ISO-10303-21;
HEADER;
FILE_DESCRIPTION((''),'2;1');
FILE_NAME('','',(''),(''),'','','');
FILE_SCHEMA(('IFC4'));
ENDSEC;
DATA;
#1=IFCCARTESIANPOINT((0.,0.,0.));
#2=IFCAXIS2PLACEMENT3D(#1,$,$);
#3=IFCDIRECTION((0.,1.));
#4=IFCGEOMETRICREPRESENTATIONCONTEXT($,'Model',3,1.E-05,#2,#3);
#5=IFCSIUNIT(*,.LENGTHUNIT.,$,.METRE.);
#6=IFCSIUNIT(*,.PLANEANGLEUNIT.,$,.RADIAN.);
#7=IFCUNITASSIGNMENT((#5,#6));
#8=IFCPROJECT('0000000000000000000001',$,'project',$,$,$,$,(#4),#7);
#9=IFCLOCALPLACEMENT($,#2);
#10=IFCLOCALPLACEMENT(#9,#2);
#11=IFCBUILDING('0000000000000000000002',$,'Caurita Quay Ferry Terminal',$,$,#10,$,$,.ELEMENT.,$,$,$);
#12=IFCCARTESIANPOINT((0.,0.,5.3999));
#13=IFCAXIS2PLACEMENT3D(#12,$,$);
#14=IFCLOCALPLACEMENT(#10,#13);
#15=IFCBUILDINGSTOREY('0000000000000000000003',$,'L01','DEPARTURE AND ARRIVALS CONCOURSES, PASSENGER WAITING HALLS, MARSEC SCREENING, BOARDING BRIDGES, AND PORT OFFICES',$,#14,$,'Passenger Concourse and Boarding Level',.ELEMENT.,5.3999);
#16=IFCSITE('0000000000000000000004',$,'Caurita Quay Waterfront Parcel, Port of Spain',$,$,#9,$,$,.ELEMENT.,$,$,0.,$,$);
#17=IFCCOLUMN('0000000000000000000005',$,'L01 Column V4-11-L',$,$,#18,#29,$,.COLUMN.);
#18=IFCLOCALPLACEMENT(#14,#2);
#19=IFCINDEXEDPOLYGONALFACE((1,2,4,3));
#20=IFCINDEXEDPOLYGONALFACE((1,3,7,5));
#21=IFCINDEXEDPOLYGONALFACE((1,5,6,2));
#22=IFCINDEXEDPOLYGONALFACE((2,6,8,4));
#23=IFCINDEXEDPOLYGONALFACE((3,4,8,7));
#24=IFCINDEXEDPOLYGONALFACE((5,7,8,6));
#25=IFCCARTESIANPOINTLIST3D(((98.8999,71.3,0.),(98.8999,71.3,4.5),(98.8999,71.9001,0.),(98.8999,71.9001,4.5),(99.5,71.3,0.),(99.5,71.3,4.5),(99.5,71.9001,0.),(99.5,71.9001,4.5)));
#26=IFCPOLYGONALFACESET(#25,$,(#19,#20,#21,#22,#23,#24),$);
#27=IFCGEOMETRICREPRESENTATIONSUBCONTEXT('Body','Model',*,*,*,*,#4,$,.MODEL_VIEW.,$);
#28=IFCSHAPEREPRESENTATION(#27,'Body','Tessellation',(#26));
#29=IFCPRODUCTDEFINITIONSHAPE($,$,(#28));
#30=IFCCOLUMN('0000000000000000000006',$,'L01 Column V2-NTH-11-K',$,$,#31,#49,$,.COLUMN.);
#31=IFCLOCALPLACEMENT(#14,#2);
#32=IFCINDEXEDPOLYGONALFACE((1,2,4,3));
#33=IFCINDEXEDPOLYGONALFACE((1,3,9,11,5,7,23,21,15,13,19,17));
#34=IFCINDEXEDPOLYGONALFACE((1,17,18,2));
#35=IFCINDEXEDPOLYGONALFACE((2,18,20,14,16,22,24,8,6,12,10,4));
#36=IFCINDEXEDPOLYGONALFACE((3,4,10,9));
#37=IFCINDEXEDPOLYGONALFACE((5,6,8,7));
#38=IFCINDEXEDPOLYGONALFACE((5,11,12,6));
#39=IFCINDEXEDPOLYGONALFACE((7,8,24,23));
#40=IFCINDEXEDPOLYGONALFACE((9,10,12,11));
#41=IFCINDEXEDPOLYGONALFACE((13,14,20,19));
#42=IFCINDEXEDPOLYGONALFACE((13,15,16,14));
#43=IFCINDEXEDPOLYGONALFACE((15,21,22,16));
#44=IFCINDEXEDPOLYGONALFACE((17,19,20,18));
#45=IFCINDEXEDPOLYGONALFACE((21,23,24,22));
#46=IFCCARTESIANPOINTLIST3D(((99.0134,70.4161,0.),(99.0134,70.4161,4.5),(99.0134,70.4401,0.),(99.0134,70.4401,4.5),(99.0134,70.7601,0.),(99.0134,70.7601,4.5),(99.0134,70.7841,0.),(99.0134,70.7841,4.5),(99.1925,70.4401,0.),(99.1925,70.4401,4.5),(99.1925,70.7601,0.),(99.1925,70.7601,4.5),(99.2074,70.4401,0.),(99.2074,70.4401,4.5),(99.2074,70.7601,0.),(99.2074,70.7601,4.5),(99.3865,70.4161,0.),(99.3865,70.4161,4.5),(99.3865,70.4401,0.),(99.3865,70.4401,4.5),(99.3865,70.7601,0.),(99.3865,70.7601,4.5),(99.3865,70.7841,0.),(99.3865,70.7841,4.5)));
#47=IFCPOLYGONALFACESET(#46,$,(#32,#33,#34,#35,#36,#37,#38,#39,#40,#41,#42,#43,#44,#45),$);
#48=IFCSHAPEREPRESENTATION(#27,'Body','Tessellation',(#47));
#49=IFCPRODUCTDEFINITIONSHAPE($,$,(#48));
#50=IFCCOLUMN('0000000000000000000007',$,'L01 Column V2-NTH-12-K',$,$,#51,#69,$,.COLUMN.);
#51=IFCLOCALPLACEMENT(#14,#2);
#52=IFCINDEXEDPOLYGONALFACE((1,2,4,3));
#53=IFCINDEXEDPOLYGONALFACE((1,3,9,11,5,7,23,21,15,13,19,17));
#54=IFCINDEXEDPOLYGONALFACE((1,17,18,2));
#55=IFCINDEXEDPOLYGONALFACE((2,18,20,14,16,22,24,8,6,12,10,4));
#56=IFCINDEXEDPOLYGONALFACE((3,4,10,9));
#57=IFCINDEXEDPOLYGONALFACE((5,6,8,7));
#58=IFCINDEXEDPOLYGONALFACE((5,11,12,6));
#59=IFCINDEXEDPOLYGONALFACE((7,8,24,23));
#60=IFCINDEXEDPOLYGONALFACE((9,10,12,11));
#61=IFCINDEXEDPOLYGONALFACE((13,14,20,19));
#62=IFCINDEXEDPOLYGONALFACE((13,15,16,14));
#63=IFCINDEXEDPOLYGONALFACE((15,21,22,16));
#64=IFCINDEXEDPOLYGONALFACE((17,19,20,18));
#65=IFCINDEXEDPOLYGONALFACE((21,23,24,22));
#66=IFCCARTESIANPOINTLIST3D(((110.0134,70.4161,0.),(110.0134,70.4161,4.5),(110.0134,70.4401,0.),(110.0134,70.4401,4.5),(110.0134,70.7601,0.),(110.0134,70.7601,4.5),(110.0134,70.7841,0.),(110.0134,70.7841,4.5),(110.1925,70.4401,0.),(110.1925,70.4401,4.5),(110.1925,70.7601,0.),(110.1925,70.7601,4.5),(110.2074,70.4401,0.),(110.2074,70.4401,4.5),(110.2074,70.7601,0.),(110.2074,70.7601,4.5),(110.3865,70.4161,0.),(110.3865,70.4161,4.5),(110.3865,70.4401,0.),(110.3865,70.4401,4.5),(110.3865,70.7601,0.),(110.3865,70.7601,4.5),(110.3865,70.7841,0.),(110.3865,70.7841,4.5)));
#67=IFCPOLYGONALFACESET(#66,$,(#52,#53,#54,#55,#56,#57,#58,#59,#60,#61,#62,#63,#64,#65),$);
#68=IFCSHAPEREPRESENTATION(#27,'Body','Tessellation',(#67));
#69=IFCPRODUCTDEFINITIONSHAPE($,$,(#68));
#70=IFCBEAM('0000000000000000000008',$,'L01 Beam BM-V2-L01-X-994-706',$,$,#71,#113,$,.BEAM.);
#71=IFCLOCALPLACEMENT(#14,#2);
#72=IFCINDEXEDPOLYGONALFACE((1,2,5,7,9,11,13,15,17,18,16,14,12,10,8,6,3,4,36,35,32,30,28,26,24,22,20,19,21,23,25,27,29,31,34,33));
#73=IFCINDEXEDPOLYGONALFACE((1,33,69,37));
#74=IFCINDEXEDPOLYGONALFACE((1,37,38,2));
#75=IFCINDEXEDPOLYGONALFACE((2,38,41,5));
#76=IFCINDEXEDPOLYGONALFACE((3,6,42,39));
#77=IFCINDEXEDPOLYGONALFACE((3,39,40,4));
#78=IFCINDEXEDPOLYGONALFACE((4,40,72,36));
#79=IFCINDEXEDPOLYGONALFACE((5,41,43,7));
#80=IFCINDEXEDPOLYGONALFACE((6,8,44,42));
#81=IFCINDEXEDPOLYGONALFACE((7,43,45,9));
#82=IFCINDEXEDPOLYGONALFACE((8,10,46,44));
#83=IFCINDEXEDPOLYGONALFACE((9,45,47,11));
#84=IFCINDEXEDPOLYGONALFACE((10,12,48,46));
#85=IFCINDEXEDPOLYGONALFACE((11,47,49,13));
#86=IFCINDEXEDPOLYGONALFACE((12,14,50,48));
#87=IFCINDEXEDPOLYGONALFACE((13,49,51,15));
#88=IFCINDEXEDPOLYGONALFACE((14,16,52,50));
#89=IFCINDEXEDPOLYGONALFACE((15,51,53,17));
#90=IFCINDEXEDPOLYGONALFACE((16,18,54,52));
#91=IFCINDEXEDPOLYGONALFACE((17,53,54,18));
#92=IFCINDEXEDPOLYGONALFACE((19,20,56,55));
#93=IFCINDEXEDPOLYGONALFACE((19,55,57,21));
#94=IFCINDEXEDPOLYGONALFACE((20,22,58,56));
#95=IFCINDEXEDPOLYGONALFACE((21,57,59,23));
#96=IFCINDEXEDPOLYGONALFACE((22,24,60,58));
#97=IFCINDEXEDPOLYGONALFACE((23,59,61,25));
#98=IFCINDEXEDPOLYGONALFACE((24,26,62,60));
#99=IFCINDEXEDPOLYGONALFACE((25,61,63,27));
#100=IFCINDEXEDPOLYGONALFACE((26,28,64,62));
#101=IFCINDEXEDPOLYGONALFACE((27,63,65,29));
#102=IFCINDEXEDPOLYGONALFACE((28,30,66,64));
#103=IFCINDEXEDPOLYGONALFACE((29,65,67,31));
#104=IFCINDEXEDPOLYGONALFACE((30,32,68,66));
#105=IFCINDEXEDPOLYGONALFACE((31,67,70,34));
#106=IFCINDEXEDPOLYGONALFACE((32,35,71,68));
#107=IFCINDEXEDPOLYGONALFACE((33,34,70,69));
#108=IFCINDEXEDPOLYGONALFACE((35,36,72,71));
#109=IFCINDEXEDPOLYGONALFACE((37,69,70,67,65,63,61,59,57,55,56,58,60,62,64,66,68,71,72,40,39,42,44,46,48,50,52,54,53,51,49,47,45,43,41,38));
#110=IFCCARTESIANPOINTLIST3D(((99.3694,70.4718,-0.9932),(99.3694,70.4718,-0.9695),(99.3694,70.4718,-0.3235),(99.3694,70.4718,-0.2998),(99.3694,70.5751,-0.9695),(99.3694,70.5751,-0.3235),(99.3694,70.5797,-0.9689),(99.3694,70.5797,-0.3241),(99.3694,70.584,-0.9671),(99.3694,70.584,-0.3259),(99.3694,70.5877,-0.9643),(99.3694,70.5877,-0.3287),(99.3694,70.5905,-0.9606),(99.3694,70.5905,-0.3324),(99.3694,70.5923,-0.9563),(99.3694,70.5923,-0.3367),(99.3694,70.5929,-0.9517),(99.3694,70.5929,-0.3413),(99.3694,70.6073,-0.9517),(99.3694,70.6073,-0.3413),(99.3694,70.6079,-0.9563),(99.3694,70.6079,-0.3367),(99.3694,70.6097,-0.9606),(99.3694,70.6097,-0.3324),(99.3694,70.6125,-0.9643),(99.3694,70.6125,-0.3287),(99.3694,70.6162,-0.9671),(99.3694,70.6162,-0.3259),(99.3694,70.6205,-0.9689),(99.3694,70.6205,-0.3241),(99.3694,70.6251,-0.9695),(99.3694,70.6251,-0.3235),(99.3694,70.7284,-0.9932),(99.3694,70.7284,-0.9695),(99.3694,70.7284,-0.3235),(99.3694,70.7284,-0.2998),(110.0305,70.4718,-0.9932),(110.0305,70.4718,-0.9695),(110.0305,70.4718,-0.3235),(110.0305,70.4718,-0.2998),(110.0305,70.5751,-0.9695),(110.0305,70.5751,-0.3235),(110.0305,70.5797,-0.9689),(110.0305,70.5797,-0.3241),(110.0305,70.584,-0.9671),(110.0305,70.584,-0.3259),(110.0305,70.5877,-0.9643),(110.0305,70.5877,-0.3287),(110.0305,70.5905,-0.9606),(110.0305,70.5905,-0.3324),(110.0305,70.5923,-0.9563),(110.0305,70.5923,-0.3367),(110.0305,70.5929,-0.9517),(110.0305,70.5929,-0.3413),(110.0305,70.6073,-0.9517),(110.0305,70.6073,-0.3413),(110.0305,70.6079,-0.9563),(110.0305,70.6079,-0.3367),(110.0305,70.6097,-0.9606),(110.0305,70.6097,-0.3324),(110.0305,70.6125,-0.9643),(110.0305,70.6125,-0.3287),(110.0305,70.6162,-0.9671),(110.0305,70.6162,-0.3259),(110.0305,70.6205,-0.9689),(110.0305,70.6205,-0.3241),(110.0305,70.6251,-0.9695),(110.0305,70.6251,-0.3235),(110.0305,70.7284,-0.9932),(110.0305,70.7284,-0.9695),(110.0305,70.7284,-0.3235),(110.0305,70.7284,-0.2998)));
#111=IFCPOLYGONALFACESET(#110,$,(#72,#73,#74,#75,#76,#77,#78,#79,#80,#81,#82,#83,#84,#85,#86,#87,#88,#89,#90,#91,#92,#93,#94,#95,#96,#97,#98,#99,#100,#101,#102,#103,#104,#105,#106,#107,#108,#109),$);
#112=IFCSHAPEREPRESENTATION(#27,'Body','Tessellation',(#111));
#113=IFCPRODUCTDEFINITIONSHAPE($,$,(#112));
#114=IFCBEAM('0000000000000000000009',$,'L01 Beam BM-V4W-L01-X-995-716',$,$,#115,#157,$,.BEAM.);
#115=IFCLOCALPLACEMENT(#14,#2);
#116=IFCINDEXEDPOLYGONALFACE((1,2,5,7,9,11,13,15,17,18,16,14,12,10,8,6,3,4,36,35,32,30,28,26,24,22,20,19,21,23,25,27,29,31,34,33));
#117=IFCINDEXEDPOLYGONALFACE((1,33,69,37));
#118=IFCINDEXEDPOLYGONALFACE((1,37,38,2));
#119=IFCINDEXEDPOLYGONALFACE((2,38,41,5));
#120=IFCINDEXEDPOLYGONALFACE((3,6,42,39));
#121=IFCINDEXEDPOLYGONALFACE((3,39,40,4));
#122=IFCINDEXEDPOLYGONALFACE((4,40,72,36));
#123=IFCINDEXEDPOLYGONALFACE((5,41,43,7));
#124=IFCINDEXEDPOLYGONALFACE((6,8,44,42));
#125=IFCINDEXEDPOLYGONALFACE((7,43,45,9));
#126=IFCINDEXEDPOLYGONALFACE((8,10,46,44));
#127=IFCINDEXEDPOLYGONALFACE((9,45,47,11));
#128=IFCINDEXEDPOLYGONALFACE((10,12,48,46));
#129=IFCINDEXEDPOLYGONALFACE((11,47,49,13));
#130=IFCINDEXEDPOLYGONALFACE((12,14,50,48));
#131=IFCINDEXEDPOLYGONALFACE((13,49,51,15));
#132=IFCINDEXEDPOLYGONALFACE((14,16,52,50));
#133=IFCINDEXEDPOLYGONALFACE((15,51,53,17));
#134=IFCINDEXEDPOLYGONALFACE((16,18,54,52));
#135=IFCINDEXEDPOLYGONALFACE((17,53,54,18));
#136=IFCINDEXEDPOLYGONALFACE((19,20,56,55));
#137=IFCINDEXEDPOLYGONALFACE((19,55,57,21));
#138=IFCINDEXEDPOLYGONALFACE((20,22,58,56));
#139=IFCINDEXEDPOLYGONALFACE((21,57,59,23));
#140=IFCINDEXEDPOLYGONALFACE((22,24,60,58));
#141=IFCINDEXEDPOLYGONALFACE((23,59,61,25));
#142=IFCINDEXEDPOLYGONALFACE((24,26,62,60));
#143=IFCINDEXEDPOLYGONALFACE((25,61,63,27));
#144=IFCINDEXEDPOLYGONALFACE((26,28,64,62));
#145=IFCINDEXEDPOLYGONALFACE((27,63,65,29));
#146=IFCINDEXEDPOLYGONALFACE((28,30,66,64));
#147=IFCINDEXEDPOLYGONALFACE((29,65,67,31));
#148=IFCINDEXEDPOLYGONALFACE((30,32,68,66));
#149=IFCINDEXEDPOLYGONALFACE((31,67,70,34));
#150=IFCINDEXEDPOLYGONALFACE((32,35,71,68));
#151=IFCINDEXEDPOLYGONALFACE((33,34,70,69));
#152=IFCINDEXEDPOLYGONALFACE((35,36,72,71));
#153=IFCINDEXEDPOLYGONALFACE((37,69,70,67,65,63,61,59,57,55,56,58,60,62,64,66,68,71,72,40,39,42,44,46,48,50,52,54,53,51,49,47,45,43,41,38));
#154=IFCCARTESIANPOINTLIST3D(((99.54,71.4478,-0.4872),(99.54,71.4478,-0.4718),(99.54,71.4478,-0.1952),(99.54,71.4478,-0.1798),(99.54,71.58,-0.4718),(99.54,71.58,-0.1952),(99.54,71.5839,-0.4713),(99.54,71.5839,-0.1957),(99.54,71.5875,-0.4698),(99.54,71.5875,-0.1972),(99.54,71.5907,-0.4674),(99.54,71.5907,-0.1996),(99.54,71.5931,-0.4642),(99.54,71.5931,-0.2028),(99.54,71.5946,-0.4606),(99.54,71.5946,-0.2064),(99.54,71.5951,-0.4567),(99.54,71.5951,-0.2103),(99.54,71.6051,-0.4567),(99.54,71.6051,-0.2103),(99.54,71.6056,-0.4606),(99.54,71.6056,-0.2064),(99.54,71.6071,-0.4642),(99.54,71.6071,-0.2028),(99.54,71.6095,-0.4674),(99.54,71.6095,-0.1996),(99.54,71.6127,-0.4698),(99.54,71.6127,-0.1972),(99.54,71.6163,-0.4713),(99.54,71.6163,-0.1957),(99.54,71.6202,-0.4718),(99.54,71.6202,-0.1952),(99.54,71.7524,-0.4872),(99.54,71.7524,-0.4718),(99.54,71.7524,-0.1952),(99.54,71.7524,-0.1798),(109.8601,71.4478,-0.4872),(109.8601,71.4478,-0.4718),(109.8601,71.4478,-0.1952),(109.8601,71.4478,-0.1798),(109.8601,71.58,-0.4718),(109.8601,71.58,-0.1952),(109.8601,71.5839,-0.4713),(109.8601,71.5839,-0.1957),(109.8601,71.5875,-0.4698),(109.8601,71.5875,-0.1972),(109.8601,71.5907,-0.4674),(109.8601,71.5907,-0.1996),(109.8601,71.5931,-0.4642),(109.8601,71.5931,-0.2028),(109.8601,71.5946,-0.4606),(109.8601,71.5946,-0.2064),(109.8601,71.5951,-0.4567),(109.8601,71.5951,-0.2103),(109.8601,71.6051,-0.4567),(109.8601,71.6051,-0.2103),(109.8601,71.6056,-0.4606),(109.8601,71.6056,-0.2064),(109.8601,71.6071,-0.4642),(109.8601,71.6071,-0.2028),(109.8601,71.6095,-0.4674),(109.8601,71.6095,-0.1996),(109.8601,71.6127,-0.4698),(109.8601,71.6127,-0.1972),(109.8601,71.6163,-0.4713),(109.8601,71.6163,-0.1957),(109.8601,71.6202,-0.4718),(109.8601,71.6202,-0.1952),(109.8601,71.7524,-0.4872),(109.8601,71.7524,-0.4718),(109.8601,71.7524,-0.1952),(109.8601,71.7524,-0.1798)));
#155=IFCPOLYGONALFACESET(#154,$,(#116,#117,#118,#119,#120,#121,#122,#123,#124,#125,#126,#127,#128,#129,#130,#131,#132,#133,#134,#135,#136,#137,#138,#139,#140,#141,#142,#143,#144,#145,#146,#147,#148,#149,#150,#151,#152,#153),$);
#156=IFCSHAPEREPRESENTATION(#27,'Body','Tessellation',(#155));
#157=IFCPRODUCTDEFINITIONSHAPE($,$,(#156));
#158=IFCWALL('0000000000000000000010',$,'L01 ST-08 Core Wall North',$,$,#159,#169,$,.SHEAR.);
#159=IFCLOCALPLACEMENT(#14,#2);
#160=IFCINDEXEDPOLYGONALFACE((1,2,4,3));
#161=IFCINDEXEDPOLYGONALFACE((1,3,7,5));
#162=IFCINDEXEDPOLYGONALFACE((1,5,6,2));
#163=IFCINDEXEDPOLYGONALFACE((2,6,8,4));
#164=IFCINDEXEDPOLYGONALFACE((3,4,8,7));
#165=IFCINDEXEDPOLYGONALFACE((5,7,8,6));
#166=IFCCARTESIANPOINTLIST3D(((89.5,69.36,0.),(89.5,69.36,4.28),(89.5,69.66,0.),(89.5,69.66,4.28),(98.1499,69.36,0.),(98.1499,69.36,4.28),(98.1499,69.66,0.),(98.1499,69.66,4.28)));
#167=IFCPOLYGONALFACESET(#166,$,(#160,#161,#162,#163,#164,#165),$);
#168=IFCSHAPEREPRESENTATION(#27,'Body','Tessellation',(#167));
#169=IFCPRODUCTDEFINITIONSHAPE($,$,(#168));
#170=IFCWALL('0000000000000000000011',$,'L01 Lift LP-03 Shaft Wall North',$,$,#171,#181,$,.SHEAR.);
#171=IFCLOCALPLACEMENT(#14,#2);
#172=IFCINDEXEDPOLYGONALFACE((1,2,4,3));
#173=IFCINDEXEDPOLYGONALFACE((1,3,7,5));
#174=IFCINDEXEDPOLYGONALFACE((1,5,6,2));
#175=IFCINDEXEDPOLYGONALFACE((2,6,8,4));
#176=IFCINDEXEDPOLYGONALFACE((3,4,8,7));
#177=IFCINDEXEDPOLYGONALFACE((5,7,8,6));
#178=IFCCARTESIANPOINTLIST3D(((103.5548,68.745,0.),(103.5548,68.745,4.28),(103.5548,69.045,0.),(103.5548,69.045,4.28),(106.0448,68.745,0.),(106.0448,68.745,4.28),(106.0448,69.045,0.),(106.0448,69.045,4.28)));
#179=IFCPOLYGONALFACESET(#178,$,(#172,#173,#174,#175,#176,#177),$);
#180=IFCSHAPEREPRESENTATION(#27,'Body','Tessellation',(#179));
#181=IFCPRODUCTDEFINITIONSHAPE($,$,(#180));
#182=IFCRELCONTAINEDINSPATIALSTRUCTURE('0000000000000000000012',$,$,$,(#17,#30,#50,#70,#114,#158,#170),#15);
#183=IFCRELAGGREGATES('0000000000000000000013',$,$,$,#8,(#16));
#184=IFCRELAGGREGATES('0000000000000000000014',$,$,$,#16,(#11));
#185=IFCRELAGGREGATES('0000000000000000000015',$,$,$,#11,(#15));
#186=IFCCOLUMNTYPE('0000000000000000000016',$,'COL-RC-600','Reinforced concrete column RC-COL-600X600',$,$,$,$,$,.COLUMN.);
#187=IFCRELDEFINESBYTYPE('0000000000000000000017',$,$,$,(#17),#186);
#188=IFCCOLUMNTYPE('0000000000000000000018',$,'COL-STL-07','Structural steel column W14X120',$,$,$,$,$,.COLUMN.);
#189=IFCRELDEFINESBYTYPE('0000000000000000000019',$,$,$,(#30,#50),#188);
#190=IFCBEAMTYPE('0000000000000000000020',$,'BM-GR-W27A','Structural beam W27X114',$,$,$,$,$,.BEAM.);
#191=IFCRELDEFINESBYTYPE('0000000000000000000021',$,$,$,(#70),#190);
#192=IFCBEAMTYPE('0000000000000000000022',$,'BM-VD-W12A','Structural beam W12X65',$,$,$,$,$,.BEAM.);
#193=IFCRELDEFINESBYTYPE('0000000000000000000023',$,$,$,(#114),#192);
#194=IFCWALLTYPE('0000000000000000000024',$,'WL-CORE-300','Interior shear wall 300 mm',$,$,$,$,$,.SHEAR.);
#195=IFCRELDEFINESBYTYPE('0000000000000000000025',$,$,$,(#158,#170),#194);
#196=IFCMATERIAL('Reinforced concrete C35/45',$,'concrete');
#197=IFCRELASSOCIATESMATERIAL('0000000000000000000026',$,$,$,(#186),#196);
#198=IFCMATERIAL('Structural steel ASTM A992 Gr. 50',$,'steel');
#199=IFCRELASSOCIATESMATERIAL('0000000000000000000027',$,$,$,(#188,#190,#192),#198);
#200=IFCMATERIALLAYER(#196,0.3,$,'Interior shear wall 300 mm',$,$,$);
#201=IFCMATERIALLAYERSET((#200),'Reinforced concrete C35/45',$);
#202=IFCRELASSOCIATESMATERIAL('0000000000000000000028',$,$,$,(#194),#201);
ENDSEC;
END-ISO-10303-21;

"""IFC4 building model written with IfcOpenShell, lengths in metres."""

from ifc_helpers import new_model, si_unit, direction, frame, frame_2d, origin, origin_2d, place, context, subcontext, project, spatial, rectangle, i_section, extrude, material, layer, layer_set, material_profile, profile_set, type_object, element, save


model = new_model("IFC4")

# Units and contexts
model_context = context("Model", 3, precision=1e-05, world=origin(), true_north=direction((0.0, 1.0)))
body_context = subcontext(model_context, "Body", "Model", "MODEL_VIEW")
ifc_project = project(units=[si_unit("LENGTHUNIT", "METRE"), si_unit("PLANEANGLEUNIT", "RADIAN")], contexts=[model_context])

# Site, building, storey
site_placement = place(None, origin())
site = spatial("IfcSite", under=ifc_project, at=site_placement, Name="Caurita Quay Waterfront Parcel, Port of Spain", CompositionType="ELEMENT", RefElevation=0.0)
building_placement = place(site_placement, origin())
building = spatial("IfcBuilding", under=site, at=building_placement, Name="Caurita Quay Ferry Terminal", CompositionType="ELEMENT")
storey_placement = place(building_placement, frame((0.0, 0.0, 5.3999)))
storey = spatial("IfcBuildingStorey", under=building, at=storey_placement, Name="L01", Description="DEPARTURE AND ARRIVALS CONCOURSES, PASSENGER WAITING HALLS, MARSEC SCREENING, BOARDING BRIDGES, AND PORT OFFICES", LongName="Passenger Concourse and Boarding Level", CompositionType="ELEMENT", Elevation=5.3999)

# Columns
ifc_material_1 = material(Name="Reinforced concrete C35/45", Category="concrete")
ifc_material_profile_1 = material_profile(ifc_material_1, rectangle(XDim=0.6001, YDim=0.6001, at=origin_2d()), Name="RC-COL-600X600")
ifc_profile_set_1 = profile_set([ifc_material_profile_1], Name="Reinforced concrete C35/45")
column_type_1 = type_object("IfcColumnType", Name="COL-RC-600", Description="Reinforced concrete column RC-COL-600X600", PredefinedType="COLUMN", material=ifc_profile_set_1)
column_placement = place(storey_placement, frame((99.2, 71.6001, 0.0), z_axis=(0.0, 0.0, 1.0), x_axis=(1.0, 0.0, 0.0)))
element("IfcColumn", 1, at=column_placement, inside=storey, type_object=column_type_1, Name="L01 Column V4-11-L", PredefinedType="COLUMN", context=body_context, shape_type="SweptSolid", body=[
    extrude(rectangle(XDim=0.6001, YDim=0.6001, at=origin_2d()), origin(), (0.0, 0.0, 1.0), 4.5),
])
ifc_material_2 = material(Name="Structural steel ASTM A992 Gr. 50", Category="steel")
ifc_material_profile_2 = material_profile(ifc_material_2, i_section(OverallWidth=0.373, OverallDepth=0.3679, WebThickness=0.0149, FlangeThickness=0.0239, at=origin_2d()), Name="W14X120")
ifc_profile_set_2 = profile_set([ifc_material_profile_2], Name="Structural steel ASTM A992 Gr. 50")
column_type_2 = type_object("IfcColumnType", Name="COL-STL-07", Description="Structural steel column W14X120", PredefinedType="COLUMN", material=ifc_profile_set_2)
for number, where, z_axis, x_axis, name in (
    (2, (99.2, 70.6001, 0.0), (0.0, 0.0, 1.0), (1.0, 0.0, 0.0), "L01 Column V2-NTH-11-K"),
    (3, (110.2, 70.6001, 0.0), (0.0, 0.0, 1.0), (1.0, 0.0, 0.0), "L01 Column V2-NTH-12-K"),
):
    element("IfcColumn", number, at=place(storey_placement, frame(where, z_axis=z_axis, x_axis=x_axis)), inside=storey, type_object=column_type_2, Name=name, PredefinedType="COLUMN", context=body_context, shape_type="SweptSolid", body=[
        extrude(i_section(OverallWidth=0.373, OverallDepth=0.3679, WebThickness=0.0149, FlangeThickness=0.0239, at=origin_2d()), origin(), (0.0, 0.0, 1.0), 4.5),
    ])

# Beams
ifc_material_profile_3 = material_profile(ifc_material_2, i_section(OverallWidth=0.2566, OverallDepth=0.6934, WebThickness=0.0144, FlangeThickness=0.0237, FilletRadius=0.0178, at=origin_2d()), Name="W27X114")
ifc_profile_set_3 = profile_set([ifc_material_profile_3], Name="Structural steel ASTM A992 Gr. 50")
beam_type_1 = type_object("IfcBeamType", Name="BM-GR-W27A", Description="Structural beam W27X114", PredefinedType="BEAM", material=ifc_profile_set_3)
beam_1_placement = place(storey_placement, frame((99.3694, 70.6001, -0.6465), z_axis=(1.0, 0.0, 0.0), x_axis=(0.0, 1.0, 0.0)))
element("IfcBeam", 4, at=beam_1_placement, inside=storey, type_object=beam_type_1, Name="L01 Beam BM-V2-L01-X-994-706", PredefinedType="BEAM", context=body_context, shape_type="SweptSolid", body=[
    extrude(i_section(OverallWidth=0.2566, OverallDepth=0.6934, WebThickness=0.0144, FlangeThickness=0.0237, FilletRadius=0.0178, at=origin_2d()), origin(), (0.0, 0.0, 1.0), 10.6611),
])
ifc_material_profile_4 = material_profile(ifc_material_2, i_section(OverallWidth=0.3047, OverallDepth=0.3074, WebThickness=0.01, FlangeThickness=0.0154, FilletRadius=0.0151, at=origin_2d()), Name="W12X65")
ifc_profile_set_4 = profile_set([ifc_material_profile_4], Name="Structural steel ASTM A992 Gr. 50")
beam_type_2 = type_object("IfcBeamType", Name="BM-VD-W12A", Description="Structural beam W12X65", PredefinedType="BEAM", material=ifc_profile_set_4)
beam_2_placement = place(storey_placement, frame((99.54, 71.6001, -0.3335), z_axis=(1.0, 0.0, 0.0), x_axis=(0.0, 1.0, 0.0)))
element("IfcBeam", 5, at=beam_2_placement, inside=storey, type_object=beam_type_2, Name="L01 Beam BM-V4W-L01-X-995-716", PredefinedType="BEAM", context=body_context, shape_type="SweptSolid", body=[
    extrude(i_section(OverallWidth=0.3047, OverallDepth=0.3074, WebThickness=0.01, FlangeThickness=0.0154, FilletRadius=0.0151, at=origin_2d()), origin(), (0.0, 0.0, 1.0), 10.3201),
])

# Walls
ifc_layer_1 = layer(ifc_material_1, 0.3, Name="Interior shear wall 300 mm")
ifc_layer_set_1 = layer_set([ifc_layer_1], Name="Reinforced concrete C35/45")
wall_type_1 = type_object("IfcWallType", Name="WL-CORE-300", Description="Interior shear wall 300 mm", PredefinedType="SHEAR", material=ifc_layer_set_1)
wall_1_placement = place(storey_placement, frame((98.1499, 69.51, 0.0), z_axis=(0.0, 0.0, 1.0), x_axis=(-1.0, 0.0, 0.0)))
element("IfcWall", 6, at=wall_1_placement, inside=storey, type_object=wall_type_1, Name="L01 ST-08 Core Wall North", PredefinedType="SHEAR", context=body_context, shape_type="SweptSolid", body=[
    extrude(rectangle(XDim=8.6499, YDim=0.3, at=frame_2d((4.325, 0.0))), origin(), (0.0, 0.0, 1.0), 4.28),
])
wall_2_placement = place(storey_placement, frame((106.0449, 68.895, 0.0), z_axis=(0.0, 0.0, 1.0), x_axis=(-1.0, 0.0, 0.0)))
element("IfcWall", 7, at=wall_2_placement, inside=storey, type_object=wall_type_1, Name="L01 Lift LP-03 Shaft Wall North", PredefinedType="SHEAR", context=body_context, shape_type="SweptSolid", body=[
    extrude(rectangle(XDim=2.49, YDim=0.3, at=frame_2d((1.2451, 0.0))), origin(), (0.0, 0.0, 1.0), 4.28),
])

save(model, "model.ifc")
